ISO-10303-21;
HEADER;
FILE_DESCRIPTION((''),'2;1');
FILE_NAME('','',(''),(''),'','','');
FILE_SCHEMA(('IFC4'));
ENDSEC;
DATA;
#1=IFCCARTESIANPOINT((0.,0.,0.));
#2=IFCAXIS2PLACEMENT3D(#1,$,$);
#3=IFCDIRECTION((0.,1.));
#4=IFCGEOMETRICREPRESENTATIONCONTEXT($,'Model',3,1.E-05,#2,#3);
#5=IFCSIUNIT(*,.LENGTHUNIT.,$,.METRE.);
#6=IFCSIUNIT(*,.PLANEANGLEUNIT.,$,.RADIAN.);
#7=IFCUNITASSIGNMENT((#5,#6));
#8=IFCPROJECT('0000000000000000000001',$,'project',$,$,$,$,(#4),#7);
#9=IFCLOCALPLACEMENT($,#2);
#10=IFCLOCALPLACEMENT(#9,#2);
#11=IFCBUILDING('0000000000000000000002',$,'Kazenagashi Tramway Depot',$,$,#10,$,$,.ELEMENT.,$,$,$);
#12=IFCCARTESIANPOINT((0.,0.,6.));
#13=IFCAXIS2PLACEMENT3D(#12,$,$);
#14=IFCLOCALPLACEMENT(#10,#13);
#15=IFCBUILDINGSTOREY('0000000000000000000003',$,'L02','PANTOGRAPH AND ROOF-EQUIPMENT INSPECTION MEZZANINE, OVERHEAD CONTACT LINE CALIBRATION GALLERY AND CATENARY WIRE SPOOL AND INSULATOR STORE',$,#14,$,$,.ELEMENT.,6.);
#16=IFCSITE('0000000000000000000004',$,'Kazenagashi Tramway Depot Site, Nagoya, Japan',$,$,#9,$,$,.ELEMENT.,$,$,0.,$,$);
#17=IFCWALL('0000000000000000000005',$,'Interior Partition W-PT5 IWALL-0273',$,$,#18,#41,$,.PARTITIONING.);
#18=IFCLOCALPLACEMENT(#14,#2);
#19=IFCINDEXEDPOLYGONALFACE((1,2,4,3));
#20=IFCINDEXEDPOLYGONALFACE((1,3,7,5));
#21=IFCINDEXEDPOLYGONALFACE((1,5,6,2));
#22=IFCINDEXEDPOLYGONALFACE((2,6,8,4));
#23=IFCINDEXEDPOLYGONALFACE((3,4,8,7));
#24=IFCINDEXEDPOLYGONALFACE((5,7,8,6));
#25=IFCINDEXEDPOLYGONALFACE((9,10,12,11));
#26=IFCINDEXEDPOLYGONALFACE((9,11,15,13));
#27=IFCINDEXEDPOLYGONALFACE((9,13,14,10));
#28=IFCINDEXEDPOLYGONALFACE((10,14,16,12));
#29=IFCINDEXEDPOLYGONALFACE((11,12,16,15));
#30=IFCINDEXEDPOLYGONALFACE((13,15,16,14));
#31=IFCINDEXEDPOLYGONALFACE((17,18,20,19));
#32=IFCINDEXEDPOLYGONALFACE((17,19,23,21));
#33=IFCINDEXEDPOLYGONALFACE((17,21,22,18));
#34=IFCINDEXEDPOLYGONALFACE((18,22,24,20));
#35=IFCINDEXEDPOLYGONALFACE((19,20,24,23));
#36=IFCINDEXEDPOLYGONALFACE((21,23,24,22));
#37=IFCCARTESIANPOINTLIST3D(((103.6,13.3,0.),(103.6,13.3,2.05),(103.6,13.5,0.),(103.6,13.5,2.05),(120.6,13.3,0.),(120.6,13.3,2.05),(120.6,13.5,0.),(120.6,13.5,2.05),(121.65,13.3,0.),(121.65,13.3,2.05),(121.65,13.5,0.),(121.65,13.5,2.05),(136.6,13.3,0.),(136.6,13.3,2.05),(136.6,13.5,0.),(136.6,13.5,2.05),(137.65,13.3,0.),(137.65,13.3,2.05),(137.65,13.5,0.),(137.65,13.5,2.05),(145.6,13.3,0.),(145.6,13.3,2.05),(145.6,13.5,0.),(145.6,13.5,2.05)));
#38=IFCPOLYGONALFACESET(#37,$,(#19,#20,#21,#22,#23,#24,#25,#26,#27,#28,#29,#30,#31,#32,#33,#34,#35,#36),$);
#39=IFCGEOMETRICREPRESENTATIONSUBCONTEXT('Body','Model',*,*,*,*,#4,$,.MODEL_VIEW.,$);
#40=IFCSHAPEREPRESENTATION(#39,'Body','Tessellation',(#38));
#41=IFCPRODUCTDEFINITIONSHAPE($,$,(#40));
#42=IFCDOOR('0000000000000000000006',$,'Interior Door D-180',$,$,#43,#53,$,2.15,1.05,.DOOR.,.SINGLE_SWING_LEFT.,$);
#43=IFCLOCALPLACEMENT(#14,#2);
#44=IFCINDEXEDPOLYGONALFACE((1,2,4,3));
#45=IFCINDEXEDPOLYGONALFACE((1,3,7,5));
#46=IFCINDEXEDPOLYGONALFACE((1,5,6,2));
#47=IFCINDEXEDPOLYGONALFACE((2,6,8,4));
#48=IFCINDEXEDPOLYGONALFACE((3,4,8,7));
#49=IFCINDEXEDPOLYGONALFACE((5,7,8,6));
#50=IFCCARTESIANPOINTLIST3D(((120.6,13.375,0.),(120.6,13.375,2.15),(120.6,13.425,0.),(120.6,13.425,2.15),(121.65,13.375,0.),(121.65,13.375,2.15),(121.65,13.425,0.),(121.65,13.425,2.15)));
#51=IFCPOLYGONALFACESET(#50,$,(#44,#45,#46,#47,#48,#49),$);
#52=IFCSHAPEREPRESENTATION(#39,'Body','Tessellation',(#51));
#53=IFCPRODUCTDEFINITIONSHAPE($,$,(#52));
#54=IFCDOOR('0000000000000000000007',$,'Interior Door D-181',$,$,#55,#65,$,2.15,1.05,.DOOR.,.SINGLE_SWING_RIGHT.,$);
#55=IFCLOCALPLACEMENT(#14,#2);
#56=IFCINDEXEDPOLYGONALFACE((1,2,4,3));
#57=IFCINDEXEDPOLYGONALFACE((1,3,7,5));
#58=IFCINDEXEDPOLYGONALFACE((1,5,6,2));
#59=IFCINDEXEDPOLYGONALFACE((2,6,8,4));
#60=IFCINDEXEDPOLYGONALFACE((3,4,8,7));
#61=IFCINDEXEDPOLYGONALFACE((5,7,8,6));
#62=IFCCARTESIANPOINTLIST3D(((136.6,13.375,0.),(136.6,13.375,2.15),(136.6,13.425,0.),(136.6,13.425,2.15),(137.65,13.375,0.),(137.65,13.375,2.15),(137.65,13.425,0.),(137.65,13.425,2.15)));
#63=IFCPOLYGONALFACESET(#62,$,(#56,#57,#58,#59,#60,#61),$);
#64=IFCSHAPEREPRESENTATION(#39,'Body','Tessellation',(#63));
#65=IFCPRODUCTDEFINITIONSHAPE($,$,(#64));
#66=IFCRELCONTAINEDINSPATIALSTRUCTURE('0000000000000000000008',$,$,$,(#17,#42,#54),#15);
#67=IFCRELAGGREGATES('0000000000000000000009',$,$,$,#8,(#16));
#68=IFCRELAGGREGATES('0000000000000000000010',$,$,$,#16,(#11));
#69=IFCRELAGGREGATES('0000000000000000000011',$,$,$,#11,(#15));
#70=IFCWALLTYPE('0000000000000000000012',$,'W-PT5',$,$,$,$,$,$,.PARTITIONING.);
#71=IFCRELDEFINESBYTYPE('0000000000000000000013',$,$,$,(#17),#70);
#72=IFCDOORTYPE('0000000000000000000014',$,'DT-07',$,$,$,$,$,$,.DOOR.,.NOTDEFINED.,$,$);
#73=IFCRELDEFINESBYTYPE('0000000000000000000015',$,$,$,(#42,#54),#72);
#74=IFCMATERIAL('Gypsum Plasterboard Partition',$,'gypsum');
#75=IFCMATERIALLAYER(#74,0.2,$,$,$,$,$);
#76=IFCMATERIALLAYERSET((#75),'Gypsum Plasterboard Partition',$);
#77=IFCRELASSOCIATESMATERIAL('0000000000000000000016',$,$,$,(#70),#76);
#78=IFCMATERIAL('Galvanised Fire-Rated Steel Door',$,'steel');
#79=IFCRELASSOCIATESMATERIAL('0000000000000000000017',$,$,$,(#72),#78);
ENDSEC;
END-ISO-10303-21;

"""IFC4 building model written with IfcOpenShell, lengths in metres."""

from ifc_helpers import new_model, si_unit, direction, frame, frame_2d, origin, place, context, subcontext, project, spatial, rectangle, extrude, material, layer, layer_set, type_object, element, fill, save


model = new_model("IFC4")

# Units and contexts
model_context = context("Model", 3, precision=1e-05, world=origin(), true_north=direction((0.0, 1.0)))
body_context = subcontext(model_context, "Body", "Model", "MODEL_VIEW")
ifc_project = project(units=[si_unit("LENGTHUNIT", "METRE"), si_unit("PLANEANGLEUNIT", "RADIAN")], contexts=[model_context])

# Site, building, storey
site_placement = place(None, origin())
site = spatial("IfcSite", under=ifc_project, at=site_placement, Name="Kazenagashi Tramway Depot Site, Nagoya, Japan", CompositionType="ELEMENT", RefElevation=0.0)
building_placement = place(site_placement, origin())
building = spatial("IfcBuilding", under=site, at=building_placement, Name="Kazenagashi Tramway Depot", CompositionType="ELEMENT")
storey_placement = place(building_placement, frame((0.0, 0.0, 6.0)))
storey = spatial("IfcBuildingStorey", under=building, at=storey_placement, Name="L02", Description="PANTOGRAPH AND ROOF-EQUIPMENT INSPECTION MEZZANINE, OVERHEAD CONTACT LINE CALIBRATION GALLERY AND CATENARY WIRE SPOOL AND INSULATOR STORE", CompositionType="ELEMENT", Elevation=6.0)

# Wall, openings, doors
ifc_material_1 = material(Name="Gypsum Plasterboard Partition", Category="gypsum")
ifc_layer_1 = layer(ifc_material_1, 0.2)
ifc_layer_set_1 = layer_set([ifc_layer_1], Name="Gypsum Plasterboard Partition")
wall_type_1 = type_object("IfcWallType", Name="W-PT5", PredefinedType="PARTITIONING", material=ifc_layer_set_1)
wall_1_placement = place(storey_placement, frame((103.6, 13.4, 0.0), z_axis=(0.0, 0.0, 1.0), x_axis=(1.0, 0.0, 0.0)))
wall_1 = element("IfcWall", 1, at=wall_1_placement, inside=storey, type_object=wall_type_1, Name="Interior Partition W-PT5 IWALL-0273", PredefinedType="PARTITIONING", context=body_context, shape_type="SweptSolid", body=[
    extrude(rectangle(XDim=42.0, YDim=0.2, at=frame_2d((21.0, 0.0))), origin(), (0.0, 0.0, 1.0), 2.05),
])
opening_1_placement = place(wall_1_placement, frame((17.0, 0.0, 0.0)))
opening_1 = element("IfcOpeningElement", 2, at=opening_1_placement, cuts=wall_1, PredefinedType="OPENING", context=body_context, shape_type="SweptSolid", body=[
    extrude(rectangle(XDim=1.05, YDim=2.15, at=frame_2d((0.525, 1.075))), frame((0.0, 0.11, 0.0), z_axis=(0.0, -1.0, 0.0), x_axis=(1.0, 0.0, 0.0)), (0.0, 0.0, 1.0), 0.22),
])
opening_2_placement = place(wall_1_placement, frame((33.0, 0.0, 0.0)))
opening_2 = element("IfcOpeningElement", 3, at=opening_2_placement, cuts=wall_1, PredefinedType="OPENING", context=body_context, shape_type="SweptSolid", body=[
    extrude(rectangle(XDim=1.05, YDim=2.15, at=frame_2d((0.525, 1.075))), frame((0.0, 0.11, 0.0), z_axis=(0.0, -1.0, 0.0), x_axis=(1.0, 0.0, 0.0)), (0.0, 0.0, 1.0), 0.22),
])
ifc_material_2 = material(Name="Galvanised Fire-Rated Steel Door", Category="steel")
door_type = type_object("IfcDoorType", Name="DT-07", OperationType="NOTDEFINED", PredefinedType="DOOR", material=ifc_material_2)
door_1_placement = place(opening_1_placement, origin())
door_1 = element("IfcDoor", 4, at=door_1_placement, inside=storey, type_object=door_type, Name="Interior Door D-180", OperationType="SINGLE_SWING_LEFT", OverallHeight=2.15, OverallWidth=1.05, PredefinedType="DOOR", context=body_context, shape_type="SweptSolid", body=[
    extrude(rectangle(XDim=1.05, YDim=2.15, at=frame_2d((0.525, 1.075))), frame((0.0, 0.025, 0.0), z_axis=(0.0, -1.0, 0.0), x_axis=(1.0, 0.0, 0.0)), (0.0, 0.0, 1.0), 0.05),
])
fill(opening_1, door_1)
door_2_placement = place(opening_2_placement, origin())
door_2 = element("IfcDoor", 5, at=door_2_placement, inside=storey, type_object=door_type, Name="Interior Door D-181", OperationType="SINGLE_SWING_RIGHT", OverallHeight=2.15, OverallWidth=1.05, PredefinedType="DOOR", context=body_context, shape_type="SweptSolid", body=[
    extrude(rectangle(XDim=1.05, YDim=2.15, at=frame_2d((0.525, 1.075))), frame((0.0, 0.025, 0.0), z_axis=(0.0, -1.0, 0.0), x_axis=(1.0, 0.0, 0.0)), (0.0, 0.0, 1.0), 0.05),
])
fill(opening_2, door_2)

save(model, "model.ifc")
